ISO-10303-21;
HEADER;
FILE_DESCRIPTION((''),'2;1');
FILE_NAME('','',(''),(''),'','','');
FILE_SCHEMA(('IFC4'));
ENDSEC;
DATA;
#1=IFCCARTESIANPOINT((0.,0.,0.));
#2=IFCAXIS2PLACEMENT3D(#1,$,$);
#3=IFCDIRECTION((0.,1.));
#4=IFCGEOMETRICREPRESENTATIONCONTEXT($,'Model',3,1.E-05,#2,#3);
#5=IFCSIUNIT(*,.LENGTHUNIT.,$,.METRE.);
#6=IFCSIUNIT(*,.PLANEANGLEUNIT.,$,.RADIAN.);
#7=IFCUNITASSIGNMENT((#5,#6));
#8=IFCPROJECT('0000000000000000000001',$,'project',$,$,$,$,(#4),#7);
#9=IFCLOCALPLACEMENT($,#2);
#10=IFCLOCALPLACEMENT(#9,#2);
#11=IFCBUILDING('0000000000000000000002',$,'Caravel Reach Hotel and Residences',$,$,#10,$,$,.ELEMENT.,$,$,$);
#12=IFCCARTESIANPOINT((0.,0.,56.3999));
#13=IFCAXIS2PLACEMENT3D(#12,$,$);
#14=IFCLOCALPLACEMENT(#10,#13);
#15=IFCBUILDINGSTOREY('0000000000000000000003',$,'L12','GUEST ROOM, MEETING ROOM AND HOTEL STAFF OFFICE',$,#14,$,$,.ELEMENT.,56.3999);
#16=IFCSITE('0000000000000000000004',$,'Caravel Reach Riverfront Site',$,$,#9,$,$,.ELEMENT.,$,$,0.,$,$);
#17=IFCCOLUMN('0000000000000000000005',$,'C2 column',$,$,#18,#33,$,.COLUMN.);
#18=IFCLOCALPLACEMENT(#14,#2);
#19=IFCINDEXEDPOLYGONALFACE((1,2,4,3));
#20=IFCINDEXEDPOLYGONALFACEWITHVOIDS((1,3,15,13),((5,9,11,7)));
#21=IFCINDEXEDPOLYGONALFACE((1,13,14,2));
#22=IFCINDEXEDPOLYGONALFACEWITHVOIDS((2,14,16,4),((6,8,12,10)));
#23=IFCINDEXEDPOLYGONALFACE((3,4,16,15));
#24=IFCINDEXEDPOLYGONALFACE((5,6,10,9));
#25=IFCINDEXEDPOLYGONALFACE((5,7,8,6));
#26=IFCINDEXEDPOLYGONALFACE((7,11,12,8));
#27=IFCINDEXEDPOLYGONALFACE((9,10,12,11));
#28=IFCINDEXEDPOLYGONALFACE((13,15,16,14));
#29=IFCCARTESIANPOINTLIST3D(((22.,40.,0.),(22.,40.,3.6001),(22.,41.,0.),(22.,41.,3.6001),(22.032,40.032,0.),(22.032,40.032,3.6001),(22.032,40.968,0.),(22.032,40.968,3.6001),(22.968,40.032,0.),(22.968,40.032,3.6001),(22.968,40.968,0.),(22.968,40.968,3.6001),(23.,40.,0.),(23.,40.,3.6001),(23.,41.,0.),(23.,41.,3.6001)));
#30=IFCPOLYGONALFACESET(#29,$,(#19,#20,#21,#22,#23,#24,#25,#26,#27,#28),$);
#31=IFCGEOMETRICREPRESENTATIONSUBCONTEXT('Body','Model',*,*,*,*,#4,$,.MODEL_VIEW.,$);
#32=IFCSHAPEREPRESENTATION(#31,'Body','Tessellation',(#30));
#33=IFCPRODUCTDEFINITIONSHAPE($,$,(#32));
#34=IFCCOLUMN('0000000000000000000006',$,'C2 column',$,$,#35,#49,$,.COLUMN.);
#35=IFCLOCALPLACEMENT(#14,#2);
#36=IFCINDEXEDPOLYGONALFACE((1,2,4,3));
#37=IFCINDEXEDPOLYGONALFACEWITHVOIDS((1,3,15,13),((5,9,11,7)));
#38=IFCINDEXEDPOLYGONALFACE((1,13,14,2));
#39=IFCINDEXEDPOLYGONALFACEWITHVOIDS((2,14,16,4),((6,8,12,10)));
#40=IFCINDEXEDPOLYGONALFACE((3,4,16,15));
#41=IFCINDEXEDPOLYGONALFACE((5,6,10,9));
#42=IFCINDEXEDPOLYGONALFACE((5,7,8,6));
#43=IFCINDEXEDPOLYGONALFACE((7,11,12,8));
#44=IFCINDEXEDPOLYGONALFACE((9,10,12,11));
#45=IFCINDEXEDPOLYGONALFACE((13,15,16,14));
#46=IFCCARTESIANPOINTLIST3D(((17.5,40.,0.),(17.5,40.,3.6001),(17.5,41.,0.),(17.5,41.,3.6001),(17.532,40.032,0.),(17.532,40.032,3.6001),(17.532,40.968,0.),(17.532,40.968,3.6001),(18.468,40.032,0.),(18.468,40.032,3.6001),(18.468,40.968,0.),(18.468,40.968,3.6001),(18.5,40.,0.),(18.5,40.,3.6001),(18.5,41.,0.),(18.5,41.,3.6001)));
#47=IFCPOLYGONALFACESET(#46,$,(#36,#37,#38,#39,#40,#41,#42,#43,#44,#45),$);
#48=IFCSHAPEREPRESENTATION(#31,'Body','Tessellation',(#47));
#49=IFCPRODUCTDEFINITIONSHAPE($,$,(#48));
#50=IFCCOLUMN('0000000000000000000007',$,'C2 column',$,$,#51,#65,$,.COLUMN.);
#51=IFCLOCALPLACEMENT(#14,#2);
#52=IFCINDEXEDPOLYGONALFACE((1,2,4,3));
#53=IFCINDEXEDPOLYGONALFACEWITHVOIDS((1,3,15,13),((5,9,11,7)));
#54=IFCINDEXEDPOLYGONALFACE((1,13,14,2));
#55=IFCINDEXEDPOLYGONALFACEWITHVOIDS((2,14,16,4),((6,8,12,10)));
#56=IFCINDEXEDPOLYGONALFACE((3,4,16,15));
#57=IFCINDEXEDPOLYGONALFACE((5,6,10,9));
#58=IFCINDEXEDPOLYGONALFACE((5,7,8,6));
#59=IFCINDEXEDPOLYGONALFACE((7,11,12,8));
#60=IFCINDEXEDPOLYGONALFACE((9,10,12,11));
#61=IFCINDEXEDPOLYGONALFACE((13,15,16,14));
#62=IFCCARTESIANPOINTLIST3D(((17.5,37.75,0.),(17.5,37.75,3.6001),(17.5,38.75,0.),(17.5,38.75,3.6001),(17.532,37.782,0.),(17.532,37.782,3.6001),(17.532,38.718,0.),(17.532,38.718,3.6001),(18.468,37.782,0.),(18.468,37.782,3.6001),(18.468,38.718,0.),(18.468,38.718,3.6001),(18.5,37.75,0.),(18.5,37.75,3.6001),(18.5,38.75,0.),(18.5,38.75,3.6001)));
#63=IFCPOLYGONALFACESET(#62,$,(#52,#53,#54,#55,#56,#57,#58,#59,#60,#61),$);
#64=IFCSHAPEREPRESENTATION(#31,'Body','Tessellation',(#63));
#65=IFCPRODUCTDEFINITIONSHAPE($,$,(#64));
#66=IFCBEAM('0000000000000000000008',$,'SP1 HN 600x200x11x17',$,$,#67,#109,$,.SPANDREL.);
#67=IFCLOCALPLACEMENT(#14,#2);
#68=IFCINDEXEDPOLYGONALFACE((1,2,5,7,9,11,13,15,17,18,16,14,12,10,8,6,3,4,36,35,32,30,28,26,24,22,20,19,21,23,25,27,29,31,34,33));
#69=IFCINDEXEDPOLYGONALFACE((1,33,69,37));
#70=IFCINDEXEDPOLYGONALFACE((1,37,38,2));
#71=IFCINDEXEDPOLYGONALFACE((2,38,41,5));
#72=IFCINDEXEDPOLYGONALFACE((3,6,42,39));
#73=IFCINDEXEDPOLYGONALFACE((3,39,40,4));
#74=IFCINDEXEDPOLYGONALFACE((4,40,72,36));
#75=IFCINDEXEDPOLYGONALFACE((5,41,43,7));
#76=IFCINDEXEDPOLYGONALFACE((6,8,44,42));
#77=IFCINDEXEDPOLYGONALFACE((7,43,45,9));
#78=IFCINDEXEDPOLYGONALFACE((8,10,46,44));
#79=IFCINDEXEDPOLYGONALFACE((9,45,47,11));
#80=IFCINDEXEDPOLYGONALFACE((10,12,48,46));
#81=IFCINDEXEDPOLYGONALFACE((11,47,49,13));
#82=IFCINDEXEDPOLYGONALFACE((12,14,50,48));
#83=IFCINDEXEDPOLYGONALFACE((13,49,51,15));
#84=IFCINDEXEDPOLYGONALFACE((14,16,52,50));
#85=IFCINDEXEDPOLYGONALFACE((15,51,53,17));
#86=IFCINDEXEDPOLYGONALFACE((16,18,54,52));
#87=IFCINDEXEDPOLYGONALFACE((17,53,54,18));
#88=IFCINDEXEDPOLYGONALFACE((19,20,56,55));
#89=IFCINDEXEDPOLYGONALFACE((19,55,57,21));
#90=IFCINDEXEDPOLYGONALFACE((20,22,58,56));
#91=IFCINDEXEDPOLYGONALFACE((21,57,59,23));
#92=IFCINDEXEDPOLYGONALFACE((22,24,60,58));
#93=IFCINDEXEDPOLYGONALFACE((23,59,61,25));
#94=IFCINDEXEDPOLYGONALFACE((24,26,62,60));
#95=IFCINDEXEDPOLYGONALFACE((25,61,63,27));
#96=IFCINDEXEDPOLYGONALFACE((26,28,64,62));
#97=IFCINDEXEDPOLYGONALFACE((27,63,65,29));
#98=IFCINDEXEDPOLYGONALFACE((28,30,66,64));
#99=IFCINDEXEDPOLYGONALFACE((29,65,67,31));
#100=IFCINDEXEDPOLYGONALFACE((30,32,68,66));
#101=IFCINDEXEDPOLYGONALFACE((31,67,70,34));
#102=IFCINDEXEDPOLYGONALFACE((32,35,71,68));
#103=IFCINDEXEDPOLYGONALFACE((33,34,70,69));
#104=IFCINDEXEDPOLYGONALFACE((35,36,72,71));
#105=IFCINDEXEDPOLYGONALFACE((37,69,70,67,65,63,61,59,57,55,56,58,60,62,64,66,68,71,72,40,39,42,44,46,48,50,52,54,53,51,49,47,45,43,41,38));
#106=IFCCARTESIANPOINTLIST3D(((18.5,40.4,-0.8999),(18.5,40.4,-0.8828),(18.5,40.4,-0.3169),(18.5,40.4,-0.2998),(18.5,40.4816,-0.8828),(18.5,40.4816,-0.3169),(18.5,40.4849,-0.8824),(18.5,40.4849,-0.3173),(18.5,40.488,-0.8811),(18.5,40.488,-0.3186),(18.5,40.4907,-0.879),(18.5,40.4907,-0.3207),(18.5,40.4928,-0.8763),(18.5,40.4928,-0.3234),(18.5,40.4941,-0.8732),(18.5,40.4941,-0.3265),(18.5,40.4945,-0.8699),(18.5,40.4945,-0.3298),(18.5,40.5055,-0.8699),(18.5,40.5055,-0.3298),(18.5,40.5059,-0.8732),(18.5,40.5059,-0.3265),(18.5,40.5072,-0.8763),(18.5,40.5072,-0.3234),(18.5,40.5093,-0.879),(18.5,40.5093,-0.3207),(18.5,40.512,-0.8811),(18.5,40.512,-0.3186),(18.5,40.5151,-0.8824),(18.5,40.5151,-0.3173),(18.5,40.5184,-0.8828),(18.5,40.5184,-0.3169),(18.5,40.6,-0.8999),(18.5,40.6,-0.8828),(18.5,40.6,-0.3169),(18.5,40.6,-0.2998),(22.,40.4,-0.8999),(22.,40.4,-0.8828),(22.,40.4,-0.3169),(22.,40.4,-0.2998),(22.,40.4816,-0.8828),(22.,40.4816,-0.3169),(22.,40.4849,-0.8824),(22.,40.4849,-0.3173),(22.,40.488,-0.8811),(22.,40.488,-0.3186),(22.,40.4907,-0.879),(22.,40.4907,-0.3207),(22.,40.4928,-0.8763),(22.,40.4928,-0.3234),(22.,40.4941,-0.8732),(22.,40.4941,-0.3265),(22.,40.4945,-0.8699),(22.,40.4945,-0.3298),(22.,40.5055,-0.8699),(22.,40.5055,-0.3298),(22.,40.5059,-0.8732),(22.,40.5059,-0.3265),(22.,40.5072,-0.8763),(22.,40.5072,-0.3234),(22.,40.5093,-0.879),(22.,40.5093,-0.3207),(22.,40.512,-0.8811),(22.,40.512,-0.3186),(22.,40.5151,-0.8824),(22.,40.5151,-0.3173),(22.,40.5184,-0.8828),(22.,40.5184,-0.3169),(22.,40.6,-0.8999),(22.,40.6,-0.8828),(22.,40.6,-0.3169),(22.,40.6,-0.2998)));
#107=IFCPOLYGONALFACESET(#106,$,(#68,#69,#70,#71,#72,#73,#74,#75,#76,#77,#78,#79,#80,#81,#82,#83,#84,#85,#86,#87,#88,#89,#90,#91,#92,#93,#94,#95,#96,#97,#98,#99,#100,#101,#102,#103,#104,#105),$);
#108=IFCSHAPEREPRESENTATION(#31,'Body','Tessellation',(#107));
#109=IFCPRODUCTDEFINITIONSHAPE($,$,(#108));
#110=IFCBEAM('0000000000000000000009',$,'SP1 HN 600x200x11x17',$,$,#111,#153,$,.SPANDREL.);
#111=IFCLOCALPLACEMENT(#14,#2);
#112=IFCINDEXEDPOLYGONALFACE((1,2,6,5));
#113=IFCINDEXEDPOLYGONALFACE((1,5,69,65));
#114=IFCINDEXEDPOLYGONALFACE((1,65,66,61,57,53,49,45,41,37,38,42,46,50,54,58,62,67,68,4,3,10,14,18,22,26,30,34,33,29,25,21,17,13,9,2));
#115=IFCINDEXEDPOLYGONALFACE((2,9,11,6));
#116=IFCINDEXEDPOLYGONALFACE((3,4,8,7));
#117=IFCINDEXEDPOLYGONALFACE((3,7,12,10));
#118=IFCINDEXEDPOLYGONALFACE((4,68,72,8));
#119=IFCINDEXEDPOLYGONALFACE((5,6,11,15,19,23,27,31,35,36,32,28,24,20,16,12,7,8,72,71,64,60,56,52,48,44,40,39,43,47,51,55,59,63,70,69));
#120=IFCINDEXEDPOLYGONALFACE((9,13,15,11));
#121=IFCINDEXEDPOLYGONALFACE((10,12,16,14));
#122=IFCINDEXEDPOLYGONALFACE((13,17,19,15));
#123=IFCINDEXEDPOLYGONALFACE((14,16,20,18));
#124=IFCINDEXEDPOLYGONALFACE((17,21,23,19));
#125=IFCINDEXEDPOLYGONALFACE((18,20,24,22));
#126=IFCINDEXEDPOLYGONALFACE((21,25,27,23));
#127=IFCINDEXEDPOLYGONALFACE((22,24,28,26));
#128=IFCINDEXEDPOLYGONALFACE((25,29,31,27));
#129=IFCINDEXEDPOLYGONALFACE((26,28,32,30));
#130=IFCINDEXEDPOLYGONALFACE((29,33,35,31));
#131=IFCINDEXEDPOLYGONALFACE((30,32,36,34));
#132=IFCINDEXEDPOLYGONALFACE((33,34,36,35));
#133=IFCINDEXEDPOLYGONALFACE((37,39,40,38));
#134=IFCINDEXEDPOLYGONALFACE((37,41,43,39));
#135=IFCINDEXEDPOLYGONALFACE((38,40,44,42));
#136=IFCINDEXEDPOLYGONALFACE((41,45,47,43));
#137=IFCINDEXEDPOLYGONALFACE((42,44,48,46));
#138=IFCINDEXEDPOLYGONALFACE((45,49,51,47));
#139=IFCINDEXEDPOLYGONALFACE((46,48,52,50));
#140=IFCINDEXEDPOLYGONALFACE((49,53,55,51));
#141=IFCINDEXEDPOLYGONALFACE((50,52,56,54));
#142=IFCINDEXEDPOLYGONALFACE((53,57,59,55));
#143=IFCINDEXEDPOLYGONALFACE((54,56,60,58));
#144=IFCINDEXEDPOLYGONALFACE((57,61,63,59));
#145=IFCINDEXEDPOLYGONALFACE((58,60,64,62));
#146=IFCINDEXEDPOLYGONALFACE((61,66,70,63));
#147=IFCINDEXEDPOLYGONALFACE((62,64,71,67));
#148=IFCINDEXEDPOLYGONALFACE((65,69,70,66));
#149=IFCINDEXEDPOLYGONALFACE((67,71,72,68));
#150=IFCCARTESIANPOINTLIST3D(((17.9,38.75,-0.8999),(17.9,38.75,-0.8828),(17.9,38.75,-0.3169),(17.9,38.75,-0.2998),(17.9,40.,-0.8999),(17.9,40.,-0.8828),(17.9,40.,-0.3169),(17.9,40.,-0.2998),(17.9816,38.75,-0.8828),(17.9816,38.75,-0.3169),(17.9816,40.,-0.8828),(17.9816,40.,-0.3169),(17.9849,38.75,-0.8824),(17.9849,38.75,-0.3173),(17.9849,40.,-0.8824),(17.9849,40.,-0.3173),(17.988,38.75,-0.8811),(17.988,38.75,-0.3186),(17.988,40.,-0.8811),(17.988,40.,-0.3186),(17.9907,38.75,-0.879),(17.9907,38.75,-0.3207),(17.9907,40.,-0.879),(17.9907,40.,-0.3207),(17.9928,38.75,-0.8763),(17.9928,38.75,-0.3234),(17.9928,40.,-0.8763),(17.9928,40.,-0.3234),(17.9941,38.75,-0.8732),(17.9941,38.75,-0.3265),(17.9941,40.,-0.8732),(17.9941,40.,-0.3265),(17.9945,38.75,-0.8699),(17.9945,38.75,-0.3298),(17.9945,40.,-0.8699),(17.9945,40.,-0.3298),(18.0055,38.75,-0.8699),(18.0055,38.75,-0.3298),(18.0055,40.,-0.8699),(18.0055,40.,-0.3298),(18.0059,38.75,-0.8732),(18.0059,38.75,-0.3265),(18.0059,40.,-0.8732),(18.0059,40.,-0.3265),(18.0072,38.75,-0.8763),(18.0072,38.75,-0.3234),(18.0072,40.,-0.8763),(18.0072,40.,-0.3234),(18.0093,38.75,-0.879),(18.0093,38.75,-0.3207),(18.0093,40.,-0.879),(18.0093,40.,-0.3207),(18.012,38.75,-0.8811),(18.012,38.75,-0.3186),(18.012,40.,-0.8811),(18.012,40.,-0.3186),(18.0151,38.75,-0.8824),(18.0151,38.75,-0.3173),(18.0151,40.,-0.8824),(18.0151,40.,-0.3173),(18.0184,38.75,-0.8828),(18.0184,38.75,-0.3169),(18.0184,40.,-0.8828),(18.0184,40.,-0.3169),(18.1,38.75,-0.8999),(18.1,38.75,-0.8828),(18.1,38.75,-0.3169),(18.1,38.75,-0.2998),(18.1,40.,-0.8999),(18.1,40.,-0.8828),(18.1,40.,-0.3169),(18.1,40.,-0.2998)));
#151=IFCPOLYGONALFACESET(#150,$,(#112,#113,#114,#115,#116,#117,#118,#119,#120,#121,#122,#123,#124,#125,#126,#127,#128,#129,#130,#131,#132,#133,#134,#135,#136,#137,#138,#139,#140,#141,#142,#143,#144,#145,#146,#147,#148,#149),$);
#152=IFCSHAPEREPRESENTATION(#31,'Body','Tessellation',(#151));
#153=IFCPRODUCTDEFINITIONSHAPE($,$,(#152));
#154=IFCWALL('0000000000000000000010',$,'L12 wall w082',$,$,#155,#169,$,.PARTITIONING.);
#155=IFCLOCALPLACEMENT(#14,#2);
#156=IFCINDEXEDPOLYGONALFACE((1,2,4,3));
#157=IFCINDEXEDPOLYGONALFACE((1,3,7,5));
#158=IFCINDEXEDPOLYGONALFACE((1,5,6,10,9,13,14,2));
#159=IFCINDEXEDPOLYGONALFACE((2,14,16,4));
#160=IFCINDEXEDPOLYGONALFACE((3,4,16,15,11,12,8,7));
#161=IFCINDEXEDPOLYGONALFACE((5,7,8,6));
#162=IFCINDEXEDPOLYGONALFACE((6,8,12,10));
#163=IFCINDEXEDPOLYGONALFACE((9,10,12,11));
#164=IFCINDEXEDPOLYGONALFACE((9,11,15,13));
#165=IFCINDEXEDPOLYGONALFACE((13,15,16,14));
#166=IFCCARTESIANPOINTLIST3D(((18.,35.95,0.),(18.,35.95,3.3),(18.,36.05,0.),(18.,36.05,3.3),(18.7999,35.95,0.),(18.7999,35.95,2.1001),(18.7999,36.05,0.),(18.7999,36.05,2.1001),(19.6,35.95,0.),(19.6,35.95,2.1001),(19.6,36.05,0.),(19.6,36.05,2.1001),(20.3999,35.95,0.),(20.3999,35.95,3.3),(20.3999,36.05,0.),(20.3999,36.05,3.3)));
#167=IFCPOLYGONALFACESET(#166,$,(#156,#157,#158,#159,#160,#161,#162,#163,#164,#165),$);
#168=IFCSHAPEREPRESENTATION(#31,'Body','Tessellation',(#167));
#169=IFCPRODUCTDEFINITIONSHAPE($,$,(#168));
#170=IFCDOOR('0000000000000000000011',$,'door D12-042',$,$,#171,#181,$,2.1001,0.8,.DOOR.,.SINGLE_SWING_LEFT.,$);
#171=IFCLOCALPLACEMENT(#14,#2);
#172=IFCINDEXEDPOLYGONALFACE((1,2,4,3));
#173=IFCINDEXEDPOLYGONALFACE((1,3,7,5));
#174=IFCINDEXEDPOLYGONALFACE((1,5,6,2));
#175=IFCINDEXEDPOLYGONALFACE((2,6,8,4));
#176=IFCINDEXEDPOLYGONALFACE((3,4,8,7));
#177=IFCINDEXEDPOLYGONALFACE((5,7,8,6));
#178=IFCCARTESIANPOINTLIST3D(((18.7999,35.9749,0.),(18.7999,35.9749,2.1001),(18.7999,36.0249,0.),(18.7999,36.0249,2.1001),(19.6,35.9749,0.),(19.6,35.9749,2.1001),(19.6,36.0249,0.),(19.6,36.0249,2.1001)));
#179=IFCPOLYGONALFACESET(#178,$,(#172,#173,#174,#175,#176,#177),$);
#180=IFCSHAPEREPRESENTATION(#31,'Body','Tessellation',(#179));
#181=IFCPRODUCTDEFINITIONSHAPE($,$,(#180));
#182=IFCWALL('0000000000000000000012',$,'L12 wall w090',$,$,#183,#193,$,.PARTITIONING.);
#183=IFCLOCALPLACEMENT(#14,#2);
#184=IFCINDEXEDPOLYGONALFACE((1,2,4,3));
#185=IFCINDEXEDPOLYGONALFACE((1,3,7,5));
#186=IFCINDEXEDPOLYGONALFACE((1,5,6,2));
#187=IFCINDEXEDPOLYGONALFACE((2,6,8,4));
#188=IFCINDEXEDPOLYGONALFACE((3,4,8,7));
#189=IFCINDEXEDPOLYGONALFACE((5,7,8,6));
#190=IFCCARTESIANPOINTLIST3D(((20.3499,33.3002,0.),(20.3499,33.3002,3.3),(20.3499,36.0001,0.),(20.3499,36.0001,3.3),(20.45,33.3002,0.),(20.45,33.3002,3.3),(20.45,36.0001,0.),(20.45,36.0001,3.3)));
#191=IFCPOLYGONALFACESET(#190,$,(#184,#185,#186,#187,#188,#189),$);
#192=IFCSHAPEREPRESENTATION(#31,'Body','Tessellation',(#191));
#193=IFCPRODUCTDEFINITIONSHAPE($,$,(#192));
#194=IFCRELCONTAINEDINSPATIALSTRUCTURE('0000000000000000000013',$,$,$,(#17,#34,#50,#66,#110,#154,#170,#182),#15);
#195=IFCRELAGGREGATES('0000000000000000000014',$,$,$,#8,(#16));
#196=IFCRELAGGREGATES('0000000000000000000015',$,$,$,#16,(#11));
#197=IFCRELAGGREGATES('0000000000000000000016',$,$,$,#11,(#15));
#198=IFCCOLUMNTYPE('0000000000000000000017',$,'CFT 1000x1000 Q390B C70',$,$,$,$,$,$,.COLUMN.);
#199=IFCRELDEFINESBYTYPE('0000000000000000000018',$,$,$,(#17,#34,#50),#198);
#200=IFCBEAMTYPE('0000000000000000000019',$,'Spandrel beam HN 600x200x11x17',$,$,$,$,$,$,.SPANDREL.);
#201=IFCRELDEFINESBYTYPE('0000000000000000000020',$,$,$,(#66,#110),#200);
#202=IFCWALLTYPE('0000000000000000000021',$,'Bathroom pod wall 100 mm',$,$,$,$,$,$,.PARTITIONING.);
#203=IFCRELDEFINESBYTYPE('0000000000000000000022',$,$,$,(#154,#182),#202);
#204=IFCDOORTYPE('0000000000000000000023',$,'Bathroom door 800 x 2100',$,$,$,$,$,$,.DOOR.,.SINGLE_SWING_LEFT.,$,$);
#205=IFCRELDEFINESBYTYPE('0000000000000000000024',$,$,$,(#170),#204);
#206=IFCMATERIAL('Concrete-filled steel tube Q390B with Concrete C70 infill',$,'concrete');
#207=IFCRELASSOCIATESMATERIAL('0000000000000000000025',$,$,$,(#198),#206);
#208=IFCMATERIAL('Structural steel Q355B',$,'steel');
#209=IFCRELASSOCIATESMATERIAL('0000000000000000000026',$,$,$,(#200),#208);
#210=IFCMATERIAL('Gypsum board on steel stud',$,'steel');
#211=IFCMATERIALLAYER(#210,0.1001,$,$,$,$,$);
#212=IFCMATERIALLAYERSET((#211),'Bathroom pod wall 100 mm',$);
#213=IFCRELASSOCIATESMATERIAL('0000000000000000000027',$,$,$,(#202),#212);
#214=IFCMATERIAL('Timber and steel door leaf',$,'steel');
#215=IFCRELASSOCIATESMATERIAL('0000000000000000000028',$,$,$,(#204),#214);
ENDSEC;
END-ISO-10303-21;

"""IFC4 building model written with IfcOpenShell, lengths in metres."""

from ifc_helpers import new_model, si_unit, direction, frame, frame_2d, origin, origin_2d, place, context, subcontext, project, spatial, rectangle, hollow_rectangle, i_section, extrude, material, layer, layer_set, material_profile, profile_set, type_object, element, fill, save


model = new_model("IFC4")

# Units and contexts
model_context = context("Model", 3, precision=1e-05, world=origin(), true_north=direction((0.0, 1.0)))
body_context = subcontext(model_context, "Body", "Model", "MODEL_VIEW")
ifc_project = project(units=[si_unit("LENGTHUNIT", "METRE"), si_unit("PLANEANGLEUNIT", "RADIAN")], contexts=[model_context])

# Site, building, storey
site_placement = place(None, origin())
site = spatial("IfcSite", under=ifc_project, at=site_placement, Name="Caravel Reach Riverfront Site", CompositionType="ELEMENT", RefElevation=0.0)
building_placement = place(site_placement, origin())
building = spatial("IfcBuilding", under=site, at=building_placement, Name="Caravel Reach Hotel and Residences", CompositionType="ELEMENT")
storey_placement = place(building_placement, frame((0.0, 0.0, 56.3999)))
storey = spatial("IfcBuildingStorey", under=building, at=storey_placement, Name="L12", Description="GUEST ROOM, MEETING ROOM AND HOTEL STAFF OFFICE", CompositionType="ELEMENT", Elevation=56.3999)

# Columns
ifc_material_1 = material(Name="Concrete-filled steel tube Q390B with Concrete C70 infill", Category="concrete")
ifc_material_profile_1 = material_profile(ifc_material_1, hollow_rectangle(XDim=1.0, YDim=1.0, WallThickness=0.032, at=origin_2d()), Name="RHS 1000x1000x32")
ifc_profile_set_1 = profile_set([ifc_material_profile_1], Name="Concrete-filled steel tube Q390B with Concrete C70 infill")
column_type = type_object("IfcColumnType", Name="CFT 1000x1000 Q390B C70", PredefinedType="COLUMN", material=ifc_profile_set_1)
for number, where, z_axis, x_axis, name in (
    (1, (22.5, 40.5, 0.0), (0.0, 0.0, 1.0), (1.0, 0.0, 0.0), "C2 column"),
    (2, (18.0, 40.5, 0.0), (0.0, 0.0, 1.0), (1.0, 0.0, 0.0), "C2 column"),
    (3, (18.0, 38.25, 0.0), (0.0, 0.0, 1.0), (1.0, 0.0, 0.0), "C2 column"),
):
    element("IfcColumn", number, at=place(storey_placement, frame(where, z_axis=z_axis, x_axis=x_axis)), inside=storey, type_object=column_type, Name=name, PredefinedType="COLUMN", context=body_context, shape_type="SweptSolid", body=[
        extrude(hollow_rectangle(XDim=1.0, YDim=1.0, WallThickness=0.032, at=origin_2d()), origin(), (0.0, 0.0, 1.0), 3.6001),
    ])

# Beams
ifc_material_2 = material(Name="Structural steel Q355B", Category="steel")
ifc_material_profile_2 = material_profile(ifc_material_2, i_section(OverallWidth=0.2, OverallDepth=0.6001, WebThickness=0.011, FlangeThickness=0.0171, FilletRadius=0.0129, at=origin_2d()), Name="HN 600x200x11x17")
ifc_profile_set_2 = profile_set([ifc_material_profile_2], Name="Structural steel Q355B")
beam_type = type_object("IfcBeamType", Name="Spandrel beam HN 600x200x11x17", PredefinedType="SPANDREL", material=ifc_profile_set_2)
beam_1_placement = place(storey_placement, frame((22.0, 40.5, -0.5999), z_axis=(-1.0, 0.0, 0.0), x_axis=(0.0, -1.0, 0.0)))
element("IfcBeam", 4, at=beam_1_placement, inside=storey, type_object=beam_type, Name="SP1 HN 600x200x11x17", PredefinedType="SPANDREL", context=body_context, shape_type="SweptSolid", body=[
    extrude(i_section(OverallWidth=0.2, OverallDepth=0.6001, WebThickness=0.011, FlangeThickness=0.0171, FilletRadius=0.0129, at=origin_2d()), origin(), (0.0, 0.0, 1.0), 3.5),
])
beam_2_placement = place(storey_placement, frame((18.0, 40.0, -0.5999), z_axis=(0.0, -1.0, 0.0), x_axis=(1.0, 0.0, 0.0)))
element("IfcBeam", 5, at=beam_2_placement, inside=storey, type_object=beam_type, Name="SP1 HN 600x200x11x17", PredefinedType="SPANDREL", context=body_context, shape_type="SweptSolid", body=[
    extrude(i_section(OverallWidth=0.2, OverallDepth=0.6001, WebThickness=0.011, FlangeThickness=0.0171, FilletRadius=0.0129, at=origin_2d()), origin(), (0.0, 0.0, 1.0), 1.25),
])

# Wall, opening, door
ifc_material_3 = material(Name="Gypsum board on steel stud", Category="steel")
ifc_layer_1 = layer(ifc_material_3, 0.1001)
ifc_layer_set_1 = layer_set([ifc_layer_1], Name="Bathroom pod wall 100 mm")
wall_type_1 = type_object("IfcWallType", Name="Bathroom pod wall 100 mm", PredefinedType="PARTITIONING", material=ifc_layer_set_1)
wall_1_placement = place(storey_placement, frame((18.0, 36.0, 0.0), z_axis=(0.0, 0.0, 1.0), x_axis=(1.0, 0.0, 0.0)))
wall_1 = element("IfcWall", 6, at=wall_1_placement, inside=storey, type_object=wall_type_1, Name="L12 wall w082", PredefinedType="PARTITIONING", context=body_context, shape_type="SweptSolid", body=[
    extrude(rectangle(XDim=2.3999, YDim=0.1001, at=frame_2d((1.2, 0.0))), origin(), (0.0, 0.0, 1.0), 3.3),
])
opening_1_placement = place(wall_1_placement, frame((0.8, 0.0, 0.0)))
opening_1 = element("IfcOpeningElement", 7, at=opening_1_placement, cuts=wall_1, PredefinedType="OPENING", context=body_context, shape_type="SweptSolid", body=[
    extrude(rectangle(XDim=0.8, YDim=2.1001, at=frame_2d((0.3999, 1.05))), frame((0.0, 0.0601, 0.0), z_axis=(0.0, -1.0, 0.0), x_axis=(1.0, 0.0, 0.0)), (0.0, 0.0, 1.0), 0.1201),
])
ifc_material_4 = material(Name="Timber and steel door leaf", Category="steel")
door_type_1 = type_object("IfcDoorType", Name="Bathroom door 800 x 2100", OperationType="SINGLE_SWING_LEFT", PredefinedType="DOOR", material=ifc_material_4)
door_1_placement = place(opening_1_placement, origin())
door_1 = element("IfcDoor", 8, at=door_1_placement, inside=storey, type_object=door_type_1, Name="door D12-042", OperationType="SINGLE_SWING_LEFT", OverallHeight=2.1001, OverallWidth=0.8, PredefinedType="DOOR", context=body_context, shape_type="SweptSolid", body=[
    extrude(rectangle(XDim=0.8, YDim=2.1001, at=frame_2d((0.3999, 1.05))), frame((0.0, 0.0249, 0.0), z_axis=(0.0, -1.0, 0.0), x_axis=(1.0, 0.0, 0.0)), (0.0, 0.0, 1.0), 0.05),
])
fill(opening_1, door_1)

# Wall
wall_2_placement = place(storey_placement, frame((20.3999, 33.3, 0.0), z_axis=(0.0, 0.0, 1.0), x_axis=(0.0, 1.0, 0.0)))
element("IfcWall", 9, at=wall_2_placement, inside=storey, type_object=wall_type_1, Name="L12 wall w090", PredefinedType="PARTITIONING", context=body_context, shape_type="SweptSolid", body=[
    extrude(rectangle(XDim=2.7, YDim=0.1001, at=frame_2d((1.3501, 0.0))), origin(), (0.0, 0.0, 1.0), 3.3),
])

save(model, "model.ifc")
